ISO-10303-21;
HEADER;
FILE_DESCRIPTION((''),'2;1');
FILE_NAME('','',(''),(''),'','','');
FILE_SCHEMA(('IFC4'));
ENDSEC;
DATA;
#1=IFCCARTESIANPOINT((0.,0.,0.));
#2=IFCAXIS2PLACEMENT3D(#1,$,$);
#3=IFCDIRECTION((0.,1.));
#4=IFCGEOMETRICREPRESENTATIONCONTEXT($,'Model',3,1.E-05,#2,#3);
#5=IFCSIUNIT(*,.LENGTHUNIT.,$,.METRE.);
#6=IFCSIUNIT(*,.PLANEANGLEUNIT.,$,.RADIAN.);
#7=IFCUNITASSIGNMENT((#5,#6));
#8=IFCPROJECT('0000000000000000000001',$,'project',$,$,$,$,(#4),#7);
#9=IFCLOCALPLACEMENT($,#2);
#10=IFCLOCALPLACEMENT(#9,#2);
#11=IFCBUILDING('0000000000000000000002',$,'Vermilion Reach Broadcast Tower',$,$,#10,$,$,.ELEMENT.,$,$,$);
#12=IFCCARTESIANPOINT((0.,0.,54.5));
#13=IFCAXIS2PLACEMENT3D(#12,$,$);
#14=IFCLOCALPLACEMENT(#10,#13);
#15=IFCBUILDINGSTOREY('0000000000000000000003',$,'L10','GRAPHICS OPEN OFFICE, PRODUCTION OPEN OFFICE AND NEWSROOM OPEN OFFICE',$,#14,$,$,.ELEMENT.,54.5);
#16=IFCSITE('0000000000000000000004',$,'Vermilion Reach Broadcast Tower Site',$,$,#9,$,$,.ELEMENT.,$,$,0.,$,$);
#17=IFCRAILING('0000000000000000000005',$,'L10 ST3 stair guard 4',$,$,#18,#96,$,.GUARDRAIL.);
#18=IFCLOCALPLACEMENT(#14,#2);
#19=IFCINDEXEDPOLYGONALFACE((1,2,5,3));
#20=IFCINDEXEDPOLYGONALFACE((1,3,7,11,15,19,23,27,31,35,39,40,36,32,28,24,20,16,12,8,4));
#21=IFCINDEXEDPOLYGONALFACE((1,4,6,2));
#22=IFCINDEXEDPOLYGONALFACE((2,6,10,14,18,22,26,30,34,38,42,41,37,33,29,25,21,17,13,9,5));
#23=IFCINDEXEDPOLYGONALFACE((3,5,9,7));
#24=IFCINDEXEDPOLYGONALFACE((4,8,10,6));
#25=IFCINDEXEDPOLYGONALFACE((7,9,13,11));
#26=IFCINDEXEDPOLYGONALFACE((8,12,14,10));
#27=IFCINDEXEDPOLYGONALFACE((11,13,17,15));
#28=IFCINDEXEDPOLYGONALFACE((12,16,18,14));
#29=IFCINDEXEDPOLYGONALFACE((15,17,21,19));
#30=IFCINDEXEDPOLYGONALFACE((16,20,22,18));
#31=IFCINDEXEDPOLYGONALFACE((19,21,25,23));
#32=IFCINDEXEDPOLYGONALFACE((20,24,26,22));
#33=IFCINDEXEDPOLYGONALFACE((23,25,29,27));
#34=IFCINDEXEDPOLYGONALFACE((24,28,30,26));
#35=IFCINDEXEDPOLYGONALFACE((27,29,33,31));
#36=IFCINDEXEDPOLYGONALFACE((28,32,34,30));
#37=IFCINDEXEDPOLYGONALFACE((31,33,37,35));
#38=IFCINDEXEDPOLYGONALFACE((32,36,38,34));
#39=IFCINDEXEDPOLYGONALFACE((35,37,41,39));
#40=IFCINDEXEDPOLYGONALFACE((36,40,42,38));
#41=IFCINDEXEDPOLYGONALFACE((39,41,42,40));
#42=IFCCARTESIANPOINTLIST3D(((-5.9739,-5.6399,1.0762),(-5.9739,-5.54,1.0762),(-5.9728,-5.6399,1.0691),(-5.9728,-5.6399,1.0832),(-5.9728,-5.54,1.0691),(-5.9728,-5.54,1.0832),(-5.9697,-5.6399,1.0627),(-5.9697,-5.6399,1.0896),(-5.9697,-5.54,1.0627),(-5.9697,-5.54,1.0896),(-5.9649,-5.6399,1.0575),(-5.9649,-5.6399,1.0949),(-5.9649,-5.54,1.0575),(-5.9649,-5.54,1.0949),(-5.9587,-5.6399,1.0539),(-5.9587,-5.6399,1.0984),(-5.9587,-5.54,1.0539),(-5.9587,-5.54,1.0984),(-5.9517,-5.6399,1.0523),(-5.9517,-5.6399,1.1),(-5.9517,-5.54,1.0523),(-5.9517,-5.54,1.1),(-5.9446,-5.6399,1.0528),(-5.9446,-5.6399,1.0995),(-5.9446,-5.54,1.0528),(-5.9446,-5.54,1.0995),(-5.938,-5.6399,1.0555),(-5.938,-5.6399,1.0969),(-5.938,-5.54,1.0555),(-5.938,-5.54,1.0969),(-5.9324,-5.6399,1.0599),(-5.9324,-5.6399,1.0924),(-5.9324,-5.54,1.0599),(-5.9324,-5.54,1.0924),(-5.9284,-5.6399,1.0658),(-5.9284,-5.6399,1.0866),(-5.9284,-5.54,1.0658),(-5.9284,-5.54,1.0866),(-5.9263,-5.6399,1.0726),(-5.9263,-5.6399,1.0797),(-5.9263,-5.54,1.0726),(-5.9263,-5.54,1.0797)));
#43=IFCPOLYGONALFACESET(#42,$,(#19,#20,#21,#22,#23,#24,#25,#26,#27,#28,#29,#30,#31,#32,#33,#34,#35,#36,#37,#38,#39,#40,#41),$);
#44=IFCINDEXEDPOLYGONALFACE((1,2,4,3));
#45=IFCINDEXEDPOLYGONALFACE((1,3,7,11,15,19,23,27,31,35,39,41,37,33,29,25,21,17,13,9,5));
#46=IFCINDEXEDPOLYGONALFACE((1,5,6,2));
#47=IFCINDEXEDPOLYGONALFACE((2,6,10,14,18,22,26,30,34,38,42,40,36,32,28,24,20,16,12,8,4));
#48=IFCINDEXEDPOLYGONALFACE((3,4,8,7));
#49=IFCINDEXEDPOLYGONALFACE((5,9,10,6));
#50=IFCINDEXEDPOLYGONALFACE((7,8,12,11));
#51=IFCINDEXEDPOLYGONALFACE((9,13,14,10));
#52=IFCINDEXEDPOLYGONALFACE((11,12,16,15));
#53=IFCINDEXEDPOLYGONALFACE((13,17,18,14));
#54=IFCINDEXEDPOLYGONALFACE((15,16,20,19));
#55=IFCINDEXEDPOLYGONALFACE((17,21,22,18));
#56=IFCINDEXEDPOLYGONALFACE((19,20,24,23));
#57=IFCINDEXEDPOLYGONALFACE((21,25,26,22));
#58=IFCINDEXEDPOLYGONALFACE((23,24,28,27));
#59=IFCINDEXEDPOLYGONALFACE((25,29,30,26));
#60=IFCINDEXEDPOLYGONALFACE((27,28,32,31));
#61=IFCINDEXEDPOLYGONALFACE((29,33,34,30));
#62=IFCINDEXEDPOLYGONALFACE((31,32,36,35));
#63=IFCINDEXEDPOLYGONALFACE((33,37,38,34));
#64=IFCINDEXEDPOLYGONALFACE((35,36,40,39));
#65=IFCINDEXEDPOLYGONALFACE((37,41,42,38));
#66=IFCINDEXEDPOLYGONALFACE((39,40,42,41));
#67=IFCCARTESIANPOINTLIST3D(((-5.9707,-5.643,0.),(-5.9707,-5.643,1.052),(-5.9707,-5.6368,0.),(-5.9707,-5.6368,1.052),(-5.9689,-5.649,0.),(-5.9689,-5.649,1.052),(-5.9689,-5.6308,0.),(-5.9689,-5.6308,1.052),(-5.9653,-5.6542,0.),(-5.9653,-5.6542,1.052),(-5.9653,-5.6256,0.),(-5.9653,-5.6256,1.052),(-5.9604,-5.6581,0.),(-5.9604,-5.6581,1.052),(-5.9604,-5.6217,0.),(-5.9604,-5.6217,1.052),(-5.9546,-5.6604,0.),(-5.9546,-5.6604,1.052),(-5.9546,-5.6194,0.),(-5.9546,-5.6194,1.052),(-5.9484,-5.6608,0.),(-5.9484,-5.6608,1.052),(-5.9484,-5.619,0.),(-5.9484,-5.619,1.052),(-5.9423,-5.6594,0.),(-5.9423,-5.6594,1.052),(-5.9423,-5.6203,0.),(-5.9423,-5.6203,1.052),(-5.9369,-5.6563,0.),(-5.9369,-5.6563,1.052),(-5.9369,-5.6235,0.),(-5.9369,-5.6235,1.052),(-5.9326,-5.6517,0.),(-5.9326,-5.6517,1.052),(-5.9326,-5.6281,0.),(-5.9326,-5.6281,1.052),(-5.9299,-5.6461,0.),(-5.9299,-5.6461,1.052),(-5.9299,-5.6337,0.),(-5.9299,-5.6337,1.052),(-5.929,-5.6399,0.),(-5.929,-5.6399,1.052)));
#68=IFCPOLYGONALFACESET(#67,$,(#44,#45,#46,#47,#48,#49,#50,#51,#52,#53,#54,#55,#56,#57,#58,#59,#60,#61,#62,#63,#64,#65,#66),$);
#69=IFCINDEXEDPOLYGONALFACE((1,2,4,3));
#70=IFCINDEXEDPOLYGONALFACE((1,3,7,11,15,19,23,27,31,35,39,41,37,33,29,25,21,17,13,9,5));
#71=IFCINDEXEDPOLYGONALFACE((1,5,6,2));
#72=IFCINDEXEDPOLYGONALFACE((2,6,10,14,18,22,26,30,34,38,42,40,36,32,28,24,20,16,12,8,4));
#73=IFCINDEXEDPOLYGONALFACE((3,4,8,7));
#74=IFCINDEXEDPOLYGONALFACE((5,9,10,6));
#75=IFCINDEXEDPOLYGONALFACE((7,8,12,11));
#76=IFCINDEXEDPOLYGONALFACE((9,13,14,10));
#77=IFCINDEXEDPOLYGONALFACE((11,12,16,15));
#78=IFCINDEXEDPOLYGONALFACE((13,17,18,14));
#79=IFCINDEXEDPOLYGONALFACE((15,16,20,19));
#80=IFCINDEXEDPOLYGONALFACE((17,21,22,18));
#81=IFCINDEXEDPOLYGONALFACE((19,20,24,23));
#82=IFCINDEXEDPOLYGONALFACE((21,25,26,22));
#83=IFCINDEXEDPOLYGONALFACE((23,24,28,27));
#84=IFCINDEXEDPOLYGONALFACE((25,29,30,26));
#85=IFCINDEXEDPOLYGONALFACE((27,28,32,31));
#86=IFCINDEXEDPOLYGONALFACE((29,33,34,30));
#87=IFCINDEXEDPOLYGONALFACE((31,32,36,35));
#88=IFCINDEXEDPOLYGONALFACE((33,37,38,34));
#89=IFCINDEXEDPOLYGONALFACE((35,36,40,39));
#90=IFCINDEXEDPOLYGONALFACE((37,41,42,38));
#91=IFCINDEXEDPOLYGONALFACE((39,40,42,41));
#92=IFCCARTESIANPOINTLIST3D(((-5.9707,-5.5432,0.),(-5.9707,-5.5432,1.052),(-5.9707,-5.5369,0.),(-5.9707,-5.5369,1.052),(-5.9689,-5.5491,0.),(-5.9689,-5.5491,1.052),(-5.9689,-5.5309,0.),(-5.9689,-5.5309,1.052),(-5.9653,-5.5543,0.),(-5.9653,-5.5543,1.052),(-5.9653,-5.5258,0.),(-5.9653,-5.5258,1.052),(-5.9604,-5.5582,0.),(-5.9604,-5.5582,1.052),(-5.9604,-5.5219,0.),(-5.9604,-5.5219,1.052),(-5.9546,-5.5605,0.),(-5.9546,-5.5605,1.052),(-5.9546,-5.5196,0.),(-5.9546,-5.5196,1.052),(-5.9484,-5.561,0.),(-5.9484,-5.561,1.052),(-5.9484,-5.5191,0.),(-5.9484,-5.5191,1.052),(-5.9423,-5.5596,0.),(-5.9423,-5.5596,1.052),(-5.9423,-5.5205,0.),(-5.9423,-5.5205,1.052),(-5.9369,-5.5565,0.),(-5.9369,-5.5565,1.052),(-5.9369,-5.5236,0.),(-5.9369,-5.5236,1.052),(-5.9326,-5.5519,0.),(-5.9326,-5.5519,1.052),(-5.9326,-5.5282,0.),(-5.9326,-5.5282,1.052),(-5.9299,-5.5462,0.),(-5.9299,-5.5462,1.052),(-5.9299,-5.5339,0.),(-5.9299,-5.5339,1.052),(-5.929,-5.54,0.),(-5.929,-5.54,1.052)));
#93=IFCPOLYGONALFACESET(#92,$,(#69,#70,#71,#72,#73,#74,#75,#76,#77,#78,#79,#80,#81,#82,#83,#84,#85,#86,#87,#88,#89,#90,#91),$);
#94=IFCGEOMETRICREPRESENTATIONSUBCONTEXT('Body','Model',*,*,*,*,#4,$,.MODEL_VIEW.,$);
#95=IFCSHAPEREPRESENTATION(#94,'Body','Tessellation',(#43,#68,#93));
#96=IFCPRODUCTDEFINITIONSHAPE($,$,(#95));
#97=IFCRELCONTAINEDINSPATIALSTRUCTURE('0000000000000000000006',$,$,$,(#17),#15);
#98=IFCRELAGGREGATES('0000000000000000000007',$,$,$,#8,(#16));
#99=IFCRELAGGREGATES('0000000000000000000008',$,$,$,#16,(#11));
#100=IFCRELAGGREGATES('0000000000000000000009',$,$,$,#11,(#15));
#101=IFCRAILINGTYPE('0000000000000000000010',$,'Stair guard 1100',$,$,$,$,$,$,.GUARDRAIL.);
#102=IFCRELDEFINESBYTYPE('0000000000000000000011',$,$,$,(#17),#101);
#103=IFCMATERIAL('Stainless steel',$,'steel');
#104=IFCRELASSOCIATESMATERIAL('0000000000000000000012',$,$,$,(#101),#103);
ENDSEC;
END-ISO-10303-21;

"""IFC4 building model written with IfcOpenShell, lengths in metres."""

from ifc_helpers import new_model, si_unit, direction, frame, origin, origin_2d, place, context, subcontext, project, spatial, circle, extrude, material, type_object, element, save


model = new_model("IFC4")

# Units and contexts
model_context = context("Model", 3, precision=1e-05, world=origin(), true_north=direction((0.0, 1.0)))
body_context = subcontext(model_context, "Body", "Model", "MODEL_VIEW")
ifc_project = project(units=[si_unit("LENGTHUNIT", "METRE"), si_unit("PLANEANGLEUNIT", "RADIAN")], contexts=[model_context])

# Site, building, storey
site_placement = place(None, origin())
site = spatial("IfcSite", under=ifc_project, at=site_placement, Name="Vermilion Reach Broadcast Tower Site", CompositionType="ELEMENT", RefElevation=0.0)
building_placement = place(site_placement, origin())
building = spatial("IfcBuilding", under=site, at=building_placement, Name="Vermilion Reach Broadcast Tower", CompositionType="ELEMENT")
storey_placement = place(building_placement, frame((0.0, 0.0, 54.5)))
storey = spatial("IfcBuildingStorey", under=building, at=storey_placement, Name="L10", Description="GRAPHICS OPEN OFFICE, PRODUCTION OPEN OFFICE AND NEWSROOM OPEN OFFICE", CompositionType="ELEMENT", Elevation=54.5)

# Railing
ifc_material_1 = material(Name="Stainless steel", Category="steel")
railing_type = type_object("IfcRailingType", Name="Stair guard 1100", PredefinedType="GUARDRAIL", material=ifc_material_1)
railing_1_placement = place(storey_placement, frame((-5.95, -5.6399, 0.0)))
element("IfcRailing", 1, at=railing_1_placement, inside=storey, type_object=railing_type, Name="L10 ST3 stair guard 4", PredefinedType="GUARDRAIL", context=body_context, shape_type="SweptSolid", body=[
    extrude(circle(Radius=0.0239, at=origin_2d()), frame((0.0, 0.0, 1.0762), z_axis=(0.0, 1.0, 0.0), x_axis=(-1.0, 0.0, 0.0)), (0.0, 0.0, 1.0), 0.0999),
    extrude(circle(Radius=0.021, at=origin_2d()), origin(), (0.0, 0.0, 1.0), 1.052),
    extrude(circle(Radius=0.021, at=origin_2d()), frame((0.0, 0.0999, 0.0)), (0.0, 0.0, 1.0), 1.052),
])

save(model, "model.ifc")
